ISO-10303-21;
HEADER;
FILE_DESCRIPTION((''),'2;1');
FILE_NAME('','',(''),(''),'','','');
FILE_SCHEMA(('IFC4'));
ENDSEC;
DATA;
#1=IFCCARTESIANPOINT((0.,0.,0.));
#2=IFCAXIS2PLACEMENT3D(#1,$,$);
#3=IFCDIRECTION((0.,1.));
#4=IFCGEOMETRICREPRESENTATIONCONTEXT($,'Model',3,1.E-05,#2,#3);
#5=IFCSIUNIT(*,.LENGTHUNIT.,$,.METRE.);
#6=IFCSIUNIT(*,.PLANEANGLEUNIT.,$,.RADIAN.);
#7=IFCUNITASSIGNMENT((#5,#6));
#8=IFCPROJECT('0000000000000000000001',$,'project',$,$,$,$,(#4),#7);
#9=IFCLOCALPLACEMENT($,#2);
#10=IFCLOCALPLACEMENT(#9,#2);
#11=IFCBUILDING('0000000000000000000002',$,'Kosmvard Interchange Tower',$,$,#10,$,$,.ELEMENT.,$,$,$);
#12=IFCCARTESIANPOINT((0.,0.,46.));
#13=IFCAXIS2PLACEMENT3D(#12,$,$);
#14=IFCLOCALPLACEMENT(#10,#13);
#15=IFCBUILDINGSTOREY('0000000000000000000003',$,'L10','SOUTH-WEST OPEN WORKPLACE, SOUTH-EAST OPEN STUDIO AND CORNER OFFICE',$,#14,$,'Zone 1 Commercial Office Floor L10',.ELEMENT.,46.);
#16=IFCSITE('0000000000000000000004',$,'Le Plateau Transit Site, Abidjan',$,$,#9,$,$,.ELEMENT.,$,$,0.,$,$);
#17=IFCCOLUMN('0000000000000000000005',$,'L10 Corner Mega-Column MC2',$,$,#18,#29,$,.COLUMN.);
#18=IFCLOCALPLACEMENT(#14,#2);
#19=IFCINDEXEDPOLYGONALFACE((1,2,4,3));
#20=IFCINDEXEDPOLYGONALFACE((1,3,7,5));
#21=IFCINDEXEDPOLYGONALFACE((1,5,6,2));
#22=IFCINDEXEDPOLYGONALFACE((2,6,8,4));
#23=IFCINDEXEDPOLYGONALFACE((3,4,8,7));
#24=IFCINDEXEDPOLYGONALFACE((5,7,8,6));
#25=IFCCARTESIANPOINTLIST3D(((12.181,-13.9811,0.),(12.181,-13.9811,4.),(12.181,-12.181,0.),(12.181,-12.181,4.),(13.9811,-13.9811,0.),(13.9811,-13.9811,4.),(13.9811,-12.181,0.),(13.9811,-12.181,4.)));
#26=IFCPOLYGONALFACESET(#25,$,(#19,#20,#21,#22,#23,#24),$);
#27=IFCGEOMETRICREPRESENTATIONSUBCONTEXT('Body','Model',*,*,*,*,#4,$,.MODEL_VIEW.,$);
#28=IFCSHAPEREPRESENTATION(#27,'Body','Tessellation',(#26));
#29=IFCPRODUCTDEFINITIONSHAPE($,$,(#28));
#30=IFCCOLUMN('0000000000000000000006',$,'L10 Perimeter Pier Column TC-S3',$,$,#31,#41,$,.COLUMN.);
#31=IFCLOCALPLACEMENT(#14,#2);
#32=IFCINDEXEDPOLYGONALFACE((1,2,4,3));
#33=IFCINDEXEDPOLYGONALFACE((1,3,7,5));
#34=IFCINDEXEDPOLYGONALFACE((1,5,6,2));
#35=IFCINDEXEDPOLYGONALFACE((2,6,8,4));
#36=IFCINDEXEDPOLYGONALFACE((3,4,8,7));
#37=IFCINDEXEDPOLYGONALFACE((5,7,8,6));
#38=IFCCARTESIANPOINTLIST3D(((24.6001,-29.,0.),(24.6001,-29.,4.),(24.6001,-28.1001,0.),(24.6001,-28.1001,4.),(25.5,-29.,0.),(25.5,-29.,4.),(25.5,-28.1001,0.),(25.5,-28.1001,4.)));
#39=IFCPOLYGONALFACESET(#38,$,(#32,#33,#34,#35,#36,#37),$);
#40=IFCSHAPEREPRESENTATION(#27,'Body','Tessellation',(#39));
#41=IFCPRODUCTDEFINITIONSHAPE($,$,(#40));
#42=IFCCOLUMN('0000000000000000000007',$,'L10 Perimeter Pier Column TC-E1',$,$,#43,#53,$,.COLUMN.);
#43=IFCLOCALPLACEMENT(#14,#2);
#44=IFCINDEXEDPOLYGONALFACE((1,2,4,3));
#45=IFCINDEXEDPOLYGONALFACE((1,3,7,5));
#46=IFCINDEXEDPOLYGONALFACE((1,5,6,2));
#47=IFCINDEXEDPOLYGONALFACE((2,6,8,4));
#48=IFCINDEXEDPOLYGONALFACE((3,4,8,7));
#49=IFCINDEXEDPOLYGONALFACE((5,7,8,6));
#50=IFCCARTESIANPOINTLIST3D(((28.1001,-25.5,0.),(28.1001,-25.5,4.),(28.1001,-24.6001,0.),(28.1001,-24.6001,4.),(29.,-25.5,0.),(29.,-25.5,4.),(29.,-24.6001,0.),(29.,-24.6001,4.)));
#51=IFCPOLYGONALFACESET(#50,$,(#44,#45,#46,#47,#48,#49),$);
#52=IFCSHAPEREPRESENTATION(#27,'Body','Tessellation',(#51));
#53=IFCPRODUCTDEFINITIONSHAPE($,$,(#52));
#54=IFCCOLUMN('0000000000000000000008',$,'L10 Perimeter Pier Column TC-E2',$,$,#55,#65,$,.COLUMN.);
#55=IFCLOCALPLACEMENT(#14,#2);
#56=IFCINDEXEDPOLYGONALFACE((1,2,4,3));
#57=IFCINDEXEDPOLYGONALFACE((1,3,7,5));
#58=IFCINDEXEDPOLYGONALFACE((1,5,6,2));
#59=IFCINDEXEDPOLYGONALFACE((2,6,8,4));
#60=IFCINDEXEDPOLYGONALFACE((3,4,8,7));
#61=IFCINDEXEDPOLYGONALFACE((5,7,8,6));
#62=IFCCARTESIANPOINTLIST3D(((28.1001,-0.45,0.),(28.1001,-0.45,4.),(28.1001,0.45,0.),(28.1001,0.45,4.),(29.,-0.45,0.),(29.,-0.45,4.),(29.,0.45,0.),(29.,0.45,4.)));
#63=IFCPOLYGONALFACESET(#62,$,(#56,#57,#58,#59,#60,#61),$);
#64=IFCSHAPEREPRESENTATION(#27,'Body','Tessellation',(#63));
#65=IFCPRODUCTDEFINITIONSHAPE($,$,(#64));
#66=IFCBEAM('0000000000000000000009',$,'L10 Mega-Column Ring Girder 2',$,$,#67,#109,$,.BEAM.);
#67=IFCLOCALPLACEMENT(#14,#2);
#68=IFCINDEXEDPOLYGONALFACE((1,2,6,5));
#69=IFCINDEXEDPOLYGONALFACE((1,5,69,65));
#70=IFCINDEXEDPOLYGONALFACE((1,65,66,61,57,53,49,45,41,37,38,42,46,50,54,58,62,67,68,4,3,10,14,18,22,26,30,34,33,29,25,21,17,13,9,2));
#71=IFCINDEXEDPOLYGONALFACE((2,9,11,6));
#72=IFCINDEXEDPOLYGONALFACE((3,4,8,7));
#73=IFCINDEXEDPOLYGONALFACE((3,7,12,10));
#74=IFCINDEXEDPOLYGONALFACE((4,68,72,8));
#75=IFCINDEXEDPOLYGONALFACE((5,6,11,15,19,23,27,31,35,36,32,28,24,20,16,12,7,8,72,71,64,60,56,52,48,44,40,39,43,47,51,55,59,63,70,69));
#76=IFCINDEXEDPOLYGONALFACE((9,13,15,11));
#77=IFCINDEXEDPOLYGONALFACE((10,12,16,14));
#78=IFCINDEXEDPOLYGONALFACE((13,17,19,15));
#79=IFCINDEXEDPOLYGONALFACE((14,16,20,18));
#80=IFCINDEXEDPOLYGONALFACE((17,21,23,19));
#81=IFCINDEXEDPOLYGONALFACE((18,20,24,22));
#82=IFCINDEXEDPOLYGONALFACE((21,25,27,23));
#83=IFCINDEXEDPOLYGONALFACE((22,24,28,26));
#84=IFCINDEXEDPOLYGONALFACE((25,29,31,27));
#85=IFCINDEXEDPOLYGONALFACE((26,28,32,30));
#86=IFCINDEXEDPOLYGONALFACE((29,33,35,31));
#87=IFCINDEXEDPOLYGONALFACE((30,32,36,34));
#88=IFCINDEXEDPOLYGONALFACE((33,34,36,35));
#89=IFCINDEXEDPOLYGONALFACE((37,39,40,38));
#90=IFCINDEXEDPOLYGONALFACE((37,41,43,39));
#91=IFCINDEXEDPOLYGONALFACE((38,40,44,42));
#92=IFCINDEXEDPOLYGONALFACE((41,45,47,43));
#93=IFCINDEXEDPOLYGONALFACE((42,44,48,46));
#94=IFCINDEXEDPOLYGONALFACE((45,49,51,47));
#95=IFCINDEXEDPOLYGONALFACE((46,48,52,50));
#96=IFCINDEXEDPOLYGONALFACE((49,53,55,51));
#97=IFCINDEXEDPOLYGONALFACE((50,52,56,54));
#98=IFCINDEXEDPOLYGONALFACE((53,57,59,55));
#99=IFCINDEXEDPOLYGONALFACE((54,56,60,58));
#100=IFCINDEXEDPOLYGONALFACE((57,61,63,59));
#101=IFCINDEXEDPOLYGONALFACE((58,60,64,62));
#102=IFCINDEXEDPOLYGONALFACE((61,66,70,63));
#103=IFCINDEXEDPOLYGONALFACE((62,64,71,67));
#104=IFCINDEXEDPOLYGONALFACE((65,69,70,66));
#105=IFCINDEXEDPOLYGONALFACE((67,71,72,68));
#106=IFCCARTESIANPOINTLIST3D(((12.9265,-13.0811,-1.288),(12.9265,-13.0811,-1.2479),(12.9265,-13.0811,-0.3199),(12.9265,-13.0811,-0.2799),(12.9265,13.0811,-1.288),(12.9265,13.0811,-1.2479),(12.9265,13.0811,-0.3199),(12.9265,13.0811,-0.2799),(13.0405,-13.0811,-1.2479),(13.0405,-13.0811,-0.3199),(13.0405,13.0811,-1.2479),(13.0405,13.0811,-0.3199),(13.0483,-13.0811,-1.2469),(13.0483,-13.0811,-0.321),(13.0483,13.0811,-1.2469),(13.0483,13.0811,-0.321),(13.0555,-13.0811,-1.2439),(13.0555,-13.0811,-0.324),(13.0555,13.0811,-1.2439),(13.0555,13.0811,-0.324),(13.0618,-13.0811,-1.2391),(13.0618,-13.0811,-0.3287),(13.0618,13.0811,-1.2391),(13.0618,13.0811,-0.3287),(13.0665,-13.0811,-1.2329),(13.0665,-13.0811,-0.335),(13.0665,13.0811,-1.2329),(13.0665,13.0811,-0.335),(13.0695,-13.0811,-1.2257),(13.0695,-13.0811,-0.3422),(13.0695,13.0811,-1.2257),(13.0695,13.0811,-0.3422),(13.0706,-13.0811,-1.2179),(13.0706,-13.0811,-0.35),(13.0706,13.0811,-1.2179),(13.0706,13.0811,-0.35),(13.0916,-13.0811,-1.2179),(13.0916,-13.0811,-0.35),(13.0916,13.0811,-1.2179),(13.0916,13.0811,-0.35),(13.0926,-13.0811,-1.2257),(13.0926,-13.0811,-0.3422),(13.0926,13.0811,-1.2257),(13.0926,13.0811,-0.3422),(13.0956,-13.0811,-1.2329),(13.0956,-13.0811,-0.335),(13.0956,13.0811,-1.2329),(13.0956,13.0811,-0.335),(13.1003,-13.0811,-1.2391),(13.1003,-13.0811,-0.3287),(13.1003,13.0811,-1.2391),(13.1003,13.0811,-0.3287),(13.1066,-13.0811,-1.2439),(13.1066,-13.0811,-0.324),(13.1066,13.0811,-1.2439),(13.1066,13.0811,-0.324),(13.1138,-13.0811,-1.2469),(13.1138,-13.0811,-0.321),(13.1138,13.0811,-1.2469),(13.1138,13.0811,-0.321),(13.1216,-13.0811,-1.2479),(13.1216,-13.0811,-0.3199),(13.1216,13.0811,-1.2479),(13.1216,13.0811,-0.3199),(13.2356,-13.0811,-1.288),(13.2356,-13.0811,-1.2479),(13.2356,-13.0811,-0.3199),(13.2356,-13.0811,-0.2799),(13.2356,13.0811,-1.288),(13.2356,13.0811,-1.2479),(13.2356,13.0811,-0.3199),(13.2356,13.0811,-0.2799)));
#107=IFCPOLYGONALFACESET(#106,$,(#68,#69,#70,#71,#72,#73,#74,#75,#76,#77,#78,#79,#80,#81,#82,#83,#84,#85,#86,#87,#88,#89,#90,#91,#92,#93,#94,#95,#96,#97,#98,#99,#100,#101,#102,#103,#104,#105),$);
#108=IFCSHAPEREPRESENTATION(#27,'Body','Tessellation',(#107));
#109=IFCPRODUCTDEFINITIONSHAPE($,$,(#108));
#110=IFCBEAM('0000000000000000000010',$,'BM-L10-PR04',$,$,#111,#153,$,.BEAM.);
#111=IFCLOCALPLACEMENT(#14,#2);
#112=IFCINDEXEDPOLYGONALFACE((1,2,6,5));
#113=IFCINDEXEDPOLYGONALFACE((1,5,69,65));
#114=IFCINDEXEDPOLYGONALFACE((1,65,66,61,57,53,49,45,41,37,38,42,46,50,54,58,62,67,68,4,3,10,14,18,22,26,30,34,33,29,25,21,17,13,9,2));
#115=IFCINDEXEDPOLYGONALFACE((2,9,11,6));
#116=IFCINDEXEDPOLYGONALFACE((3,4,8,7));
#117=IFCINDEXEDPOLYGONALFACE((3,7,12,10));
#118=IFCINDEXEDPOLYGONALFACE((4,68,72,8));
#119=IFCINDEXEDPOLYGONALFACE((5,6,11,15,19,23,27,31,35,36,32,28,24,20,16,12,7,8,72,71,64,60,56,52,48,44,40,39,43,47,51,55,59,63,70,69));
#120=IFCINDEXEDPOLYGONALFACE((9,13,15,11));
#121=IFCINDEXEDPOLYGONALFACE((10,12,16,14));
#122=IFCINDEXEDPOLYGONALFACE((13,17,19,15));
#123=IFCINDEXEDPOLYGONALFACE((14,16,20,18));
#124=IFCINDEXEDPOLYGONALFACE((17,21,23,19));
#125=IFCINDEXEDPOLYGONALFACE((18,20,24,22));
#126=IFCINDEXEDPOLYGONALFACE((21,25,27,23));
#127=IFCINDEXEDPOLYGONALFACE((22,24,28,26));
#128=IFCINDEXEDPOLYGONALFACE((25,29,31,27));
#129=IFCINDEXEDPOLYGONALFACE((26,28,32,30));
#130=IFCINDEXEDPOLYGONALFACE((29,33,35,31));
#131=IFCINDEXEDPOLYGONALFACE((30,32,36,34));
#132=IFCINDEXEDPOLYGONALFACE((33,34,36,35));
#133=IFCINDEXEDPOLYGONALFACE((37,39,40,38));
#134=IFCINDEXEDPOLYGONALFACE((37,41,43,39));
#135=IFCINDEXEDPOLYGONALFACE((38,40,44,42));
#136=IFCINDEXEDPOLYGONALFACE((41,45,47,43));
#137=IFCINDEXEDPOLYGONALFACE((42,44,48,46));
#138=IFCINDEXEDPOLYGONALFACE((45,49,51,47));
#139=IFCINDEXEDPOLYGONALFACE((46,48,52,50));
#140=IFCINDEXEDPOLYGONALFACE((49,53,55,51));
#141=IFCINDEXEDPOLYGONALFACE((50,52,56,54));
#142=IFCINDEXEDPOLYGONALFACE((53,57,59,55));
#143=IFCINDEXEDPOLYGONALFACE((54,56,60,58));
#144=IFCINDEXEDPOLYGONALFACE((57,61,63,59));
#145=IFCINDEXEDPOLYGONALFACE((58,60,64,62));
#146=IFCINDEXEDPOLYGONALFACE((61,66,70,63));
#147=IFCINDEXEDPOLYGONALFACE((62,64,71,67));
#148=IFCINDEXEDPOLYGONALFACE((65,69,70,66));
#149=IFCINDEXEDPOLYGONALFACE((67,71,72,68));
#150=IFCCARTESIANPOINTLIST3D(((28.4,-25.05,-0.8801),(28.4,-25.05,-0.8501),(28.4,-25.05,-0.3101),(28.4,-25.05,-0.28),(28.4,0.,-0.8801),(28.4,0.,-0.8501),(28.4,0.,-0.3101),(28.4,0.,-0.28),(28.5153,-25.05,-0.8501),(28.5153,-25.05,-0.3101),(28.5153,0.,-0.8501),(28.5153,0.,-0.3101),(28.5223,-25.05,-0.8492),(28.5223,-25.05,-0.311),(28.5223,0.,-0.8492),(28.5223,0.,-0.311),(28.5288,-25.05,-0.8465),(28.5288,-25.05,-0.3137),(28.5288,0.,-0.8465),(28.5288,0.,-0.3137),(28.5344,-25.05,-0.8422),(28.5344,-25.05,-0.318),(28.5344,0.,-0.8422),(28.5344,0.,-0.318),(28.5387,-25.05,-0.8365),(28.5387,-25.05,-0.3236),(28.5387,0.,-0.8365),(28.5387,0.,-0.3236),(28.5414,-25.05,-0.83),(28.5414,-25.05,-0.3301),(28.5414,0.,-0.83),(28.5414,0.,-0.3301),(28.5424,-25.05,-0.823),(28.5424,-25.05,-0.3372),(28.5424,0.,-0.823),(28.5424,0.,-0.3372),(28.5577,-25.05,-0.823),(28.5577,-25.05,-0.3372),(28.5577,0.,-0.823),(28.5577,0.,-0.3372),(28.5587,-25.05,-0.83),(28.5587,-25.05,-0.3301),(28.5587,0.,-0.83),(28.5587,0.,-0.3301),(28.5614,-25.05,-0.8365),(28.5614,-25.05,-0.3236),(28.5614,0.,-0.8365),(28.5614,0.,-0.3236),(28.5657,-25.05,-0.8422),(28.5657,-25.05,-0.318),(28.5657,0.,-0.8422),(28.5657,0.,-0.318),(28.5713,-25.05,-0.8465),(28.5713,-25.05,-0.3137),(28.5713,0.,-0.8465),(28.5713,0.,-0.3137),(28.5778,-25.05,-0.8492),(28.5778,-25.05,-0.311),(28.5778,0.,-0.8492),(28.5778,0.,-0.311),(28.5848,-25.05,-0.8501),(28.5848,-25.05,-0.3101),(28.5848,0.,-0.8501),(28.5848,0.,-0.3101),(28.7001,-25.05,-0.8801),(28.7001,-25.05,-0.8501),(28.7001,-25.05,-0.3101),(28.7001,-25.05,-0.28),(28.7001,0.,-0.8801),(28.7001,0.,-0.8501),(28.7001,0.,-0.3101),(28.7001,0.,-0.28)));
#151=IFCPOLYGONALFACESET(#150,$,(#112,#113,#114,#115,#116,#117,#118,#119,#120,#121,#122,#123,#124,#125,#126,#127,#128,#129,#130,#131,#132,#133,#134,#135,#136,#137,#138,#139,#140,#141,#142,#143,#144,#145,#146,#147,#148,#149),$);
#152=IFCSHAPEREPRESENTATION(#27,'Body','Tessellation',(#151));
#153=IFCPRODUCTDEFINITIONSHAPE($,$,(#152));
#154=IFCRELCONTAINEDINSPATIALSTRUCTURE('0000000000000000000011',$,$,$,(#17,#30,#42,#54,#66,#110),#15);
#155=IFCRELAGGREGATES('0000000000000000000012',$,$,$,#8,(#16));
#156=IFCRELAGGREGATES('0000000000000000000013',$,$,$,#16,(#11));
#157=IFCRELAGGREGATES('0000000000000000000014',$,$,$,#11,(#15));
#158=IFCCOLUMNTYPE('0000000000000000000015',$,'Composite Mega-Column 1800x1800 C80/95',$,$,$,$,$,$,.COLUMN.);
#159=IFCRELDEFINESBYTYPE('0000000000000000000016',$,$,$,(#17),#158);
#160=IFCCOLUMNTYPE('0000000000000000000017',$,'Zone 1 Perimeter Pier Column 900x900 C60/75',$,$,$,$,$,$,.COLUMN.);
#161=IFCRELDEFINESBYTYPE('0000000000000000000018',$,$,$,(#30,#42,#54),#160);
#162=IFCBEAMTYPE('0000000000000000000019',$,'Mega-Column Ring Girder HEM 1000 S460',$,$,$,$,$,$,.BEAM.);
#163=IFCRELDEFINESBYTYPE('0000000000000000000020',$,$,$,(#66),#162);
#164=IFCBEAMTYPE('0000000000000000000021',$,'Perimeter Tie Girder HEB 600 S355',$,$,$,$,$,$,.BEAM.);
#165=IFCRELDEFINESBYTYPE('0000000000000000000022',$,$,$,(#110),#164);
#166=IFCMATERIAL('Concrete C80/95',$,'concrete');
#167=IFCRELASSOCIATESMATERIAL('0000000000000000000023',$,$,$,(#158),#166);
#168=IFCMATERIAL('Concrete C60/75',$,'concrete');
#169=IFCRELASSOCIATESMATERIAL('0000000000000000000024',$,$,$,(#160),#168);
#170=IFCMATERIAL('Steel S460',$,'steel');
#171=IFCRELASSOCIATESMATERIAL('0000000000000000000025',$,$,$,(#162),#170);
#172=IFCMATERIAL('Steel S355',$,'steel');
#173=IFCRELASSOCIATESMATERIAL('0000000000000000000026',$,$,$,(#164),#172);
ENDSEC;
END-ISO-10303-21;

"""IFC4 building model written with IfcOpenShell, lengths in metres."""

from ifc_helpers import new_model, si_unit, direction, frame, origin, origin_2d, place, context, subcontext, project, spatial, rectangle, i_section, extrude, source, transform, mapped, material, material_profile, profile_set, type_object, element, save


model = new_model("IFC4")

# Units and contexts
model_context = context("Model", 3, precision=1e-05, world=origin(), true_north=direction((0.0, 1.0)))
body_context = subcontext(model_context, "Body", "Model", "MODEL_VIEW")
ifc_project = project(units=[si_unit("LENGTHUNIT", "METRE"), si_unit("PLANEANGLEUNIT", "RADIAN")], contexts=[model_context])

# Site, building, storey
site_placement = place(None, origin())
site = spatial("IfcSite", under=ifc_project, at=site_placement, Name="Le Plateau Transit Site, Abidjan", CompositionType="ELEMENT", RefElevation=0.0)
building_placement = place(site_placement, origin())
building = spatial("IfcBuilding", under=site, at=building_placement, Name="Kosmvard Interchange Tower", CompositionType="ELEMENT")
storey_placement = place(building_placement, frame((0.0, 0.0, 46.0)))
storey = spatial("IfcBuildingStorey", under=building, at=storey_placement, Name="L10", Description="SOUTH-WEST OPEN WORKPLACE, SOUTH-EAST OPEN STUDIO AND CORNER OFFICE", LongName="Zone 1 Commercial Office Floor L10", CompositionType="ELEMENT", Elevation=46.0)

# Columns
ifc_material_1 = material(Name="Concrete C80/95", Category="concrete")
ifc_material_profile_1 = material_profile(ifc_material_1, rectangle(XDim=1.8, YDim=1.8, at=origin_2d()), Name="MC 1800x1800")
ifc_profile_set_1 = profile_set([ifc_material_profile_1], Name="Concrete C80/95")
column_type_1 = type_object("IfcColumnType", Name="Composite Mega-Column 1800x1800 C80/95", PredefinedType="COLUMN", material=ifc_profile_set_1)
shared_shape_1 = source(origin(), body_context, "Body", "SweptSolid", [
    extrude(rectangle(XDim=1.8, YDim=1.8, at=origin_2d()), origin(), (0.0, 0.0, 1.0), 4.0),
])
column_placement = place(storey_placement, frame((13.0811, -13.0811, 0.0), z_axis=(0.0, 0.0, 1.0), x_axis=(1.0, 0.0, 0.0)))
element("IfcColumn", 1, at=column_placement, inside=storey, type_object=column_type_1, Name="L10 Corner Mega-Column MC2", PredefinedType="COLUMN", context=body_context, shape_type="MappedRepresentation", body=[
    mapped(shared_shape_1, transform((0.0, 0.0, 0.0), scale=1.0)),
])
ifc_material_2 = material(Name="Concrete C60/75", Category="concrete")
ifc_material_profile_2 = material_profile(ifc_material_2, rectangle(XDim=0.8999, YDim=0.8999, at=origin_2d()), Name="TC 900x900")
ifc_profile_set_2 = profile_set([ifc_material_profile_2], Name="Concrete C60/75")
column_type_2 = type_object("IfcColumnType", Name="Zone 1 Perimeter Pier Column 900x900 C60/75", PredefinedType="COLUMN", material=ifc_profile_set_2)
shared_shape_2 = source(origin(), body_context, "Body", "SweptSolid", [
    extrude(rectangle(XDim=0.8999, YDim=0.8999, at=origin_2d()), origin(), (0.0, 0.0, 1.0), 4.0),
])
for number, where, z_axis, x_axis, name in (
    (2, (25.05, -28.55, 0.0), (0.0, 0.0, 1.0), (1.0, 0.0, 0.0), "L10 Perimeter Pier Column TC-S3"),
    (3, (28.55, -25.05, 0.0), (0.0, 0.0, 1.0), (1.0, 0.0, 0.0), "L10 Perimeter Pier Column TC-E1"),
    (4, (28.55, 0.0, 0.0), (0.0, 0.0, 1.0), (1.0, 0.0, 0.0), "L10 Perimeter Pier Column TC-E2"),
):
    element("IfcColumn", number, at=place(storey_placement, frame(where, z_axis=z_axis, x_axis=x_axis)), inside=storey, type_object=column_type_2, Name=name, PredefinedType="COLUMN", context=body_context, shape_type="MappedRepresentation", body=[
        mapped(shared_shape_2, transform((0.0, 0.0, 0.0), scale=1.0)),
    ])

# Beams
ifc_material_3 = material(Name="Steel S460", Category="steel")
ifc_material_profile_3 = material_profile(ifc_material_3, i_section(OverallWidth=0.3091, OverallDepth=1.0081, WebThickness=0.021, FlangeThickness=0.04, FilletRadius=0.03, at=origin_2d()), Name="HEM 1000")
ifc_profile_set_3 = profile_set([ifc_material_profile_3], Name="Steel S460")
beam_type_1 = type_object("IfcBeamType", Name="Mega-Column Ring Girder HEM 1000 S460", PredefinedType="BEAM", material=ifc_profile_set_3)
shared_shape_3 = source(origin(), body_context, "Body", "SweptSolid", [
    extrude(i_section(OverallWidth=0.3091, OverallDepth=1.0081, WebThickness=0.021, FlangeThickness=0.04, FilletRadius=0.03, at=origin_2d()), origin(), (0.0, 0.0, 1.0), 26.1621),
])
beam_1_placement = place(storey_placement, frame((13.0811, -13.0811, -0.7839), z_axis=(0.0, 1.0, 0.0), x_axis=(-1.0, 0.0, 0.0)))
element("IfcBeam", 5, at=beam_1_placement, inside=storey, type_object=beam_type_1, Name="L10 Mega-Column Ring Girder 2", PredefinedType="BEAM", context=body_context, shape_type="MappedRepresentation", body=[
    mapped(shared_shape_3, transform((0.0, 0.0, 0.0), scale=1.0)),
])
ifc_material_4 = material(Name="Steel S355", Category="steel")
ifc_material_profile_4 = material_profile(ifc_material_4, i_section(OverallWidth=0.3, OverallDepth=0.6001, WebThickness=0.0154, FlangeThickness=0.03, FilletRadius=0.0271, at=origin_2d()), Name="HEB 600")
ifc_profile_set_4 = profile_set([ifc_material_profile_4], Name="Steel S355")
beam_type_2 = type_object("IfcBeamType", Name="Perimeter Tie Girder HEB 600 S355", PredefinedType="BEAM", material=ifc_profile_set_4)
shared_shape_4 = source(origin(), body_context, "Body", "SweptSolid", [
    extrude(i_section(OverallWidth=0.3, OverallDepth=0.6001, WebThickness=0.0154, FlangeThickness=0.03, FilletRadius=0.0271, at=origin_2d()), origin(), (0.0, 0.0, 1.0), 25.05),
])
for number, where, z_axis, x_axis, name in (
    (6, (28.55, -25.05, -0.5801), (0.0, 1.0, 0.0), (-1.0, 0.0, 0.0), "BM-L10-PR04"),
):
    element("IfcBeam", number, at=place(storey_placement, frame(where, z_axis=z_axis, x_axis=x_axis)), inside=storey, type_object=beam_type_2, Name=name, PredefinedType="BEAM", context=body_context, shape_type="MappedRepresentation", body=[
        mapped(shared_shape_4, transform((0.0, 0.0, 0.0), scale=1.0)),
    ])

save(model, "model.ifc")
